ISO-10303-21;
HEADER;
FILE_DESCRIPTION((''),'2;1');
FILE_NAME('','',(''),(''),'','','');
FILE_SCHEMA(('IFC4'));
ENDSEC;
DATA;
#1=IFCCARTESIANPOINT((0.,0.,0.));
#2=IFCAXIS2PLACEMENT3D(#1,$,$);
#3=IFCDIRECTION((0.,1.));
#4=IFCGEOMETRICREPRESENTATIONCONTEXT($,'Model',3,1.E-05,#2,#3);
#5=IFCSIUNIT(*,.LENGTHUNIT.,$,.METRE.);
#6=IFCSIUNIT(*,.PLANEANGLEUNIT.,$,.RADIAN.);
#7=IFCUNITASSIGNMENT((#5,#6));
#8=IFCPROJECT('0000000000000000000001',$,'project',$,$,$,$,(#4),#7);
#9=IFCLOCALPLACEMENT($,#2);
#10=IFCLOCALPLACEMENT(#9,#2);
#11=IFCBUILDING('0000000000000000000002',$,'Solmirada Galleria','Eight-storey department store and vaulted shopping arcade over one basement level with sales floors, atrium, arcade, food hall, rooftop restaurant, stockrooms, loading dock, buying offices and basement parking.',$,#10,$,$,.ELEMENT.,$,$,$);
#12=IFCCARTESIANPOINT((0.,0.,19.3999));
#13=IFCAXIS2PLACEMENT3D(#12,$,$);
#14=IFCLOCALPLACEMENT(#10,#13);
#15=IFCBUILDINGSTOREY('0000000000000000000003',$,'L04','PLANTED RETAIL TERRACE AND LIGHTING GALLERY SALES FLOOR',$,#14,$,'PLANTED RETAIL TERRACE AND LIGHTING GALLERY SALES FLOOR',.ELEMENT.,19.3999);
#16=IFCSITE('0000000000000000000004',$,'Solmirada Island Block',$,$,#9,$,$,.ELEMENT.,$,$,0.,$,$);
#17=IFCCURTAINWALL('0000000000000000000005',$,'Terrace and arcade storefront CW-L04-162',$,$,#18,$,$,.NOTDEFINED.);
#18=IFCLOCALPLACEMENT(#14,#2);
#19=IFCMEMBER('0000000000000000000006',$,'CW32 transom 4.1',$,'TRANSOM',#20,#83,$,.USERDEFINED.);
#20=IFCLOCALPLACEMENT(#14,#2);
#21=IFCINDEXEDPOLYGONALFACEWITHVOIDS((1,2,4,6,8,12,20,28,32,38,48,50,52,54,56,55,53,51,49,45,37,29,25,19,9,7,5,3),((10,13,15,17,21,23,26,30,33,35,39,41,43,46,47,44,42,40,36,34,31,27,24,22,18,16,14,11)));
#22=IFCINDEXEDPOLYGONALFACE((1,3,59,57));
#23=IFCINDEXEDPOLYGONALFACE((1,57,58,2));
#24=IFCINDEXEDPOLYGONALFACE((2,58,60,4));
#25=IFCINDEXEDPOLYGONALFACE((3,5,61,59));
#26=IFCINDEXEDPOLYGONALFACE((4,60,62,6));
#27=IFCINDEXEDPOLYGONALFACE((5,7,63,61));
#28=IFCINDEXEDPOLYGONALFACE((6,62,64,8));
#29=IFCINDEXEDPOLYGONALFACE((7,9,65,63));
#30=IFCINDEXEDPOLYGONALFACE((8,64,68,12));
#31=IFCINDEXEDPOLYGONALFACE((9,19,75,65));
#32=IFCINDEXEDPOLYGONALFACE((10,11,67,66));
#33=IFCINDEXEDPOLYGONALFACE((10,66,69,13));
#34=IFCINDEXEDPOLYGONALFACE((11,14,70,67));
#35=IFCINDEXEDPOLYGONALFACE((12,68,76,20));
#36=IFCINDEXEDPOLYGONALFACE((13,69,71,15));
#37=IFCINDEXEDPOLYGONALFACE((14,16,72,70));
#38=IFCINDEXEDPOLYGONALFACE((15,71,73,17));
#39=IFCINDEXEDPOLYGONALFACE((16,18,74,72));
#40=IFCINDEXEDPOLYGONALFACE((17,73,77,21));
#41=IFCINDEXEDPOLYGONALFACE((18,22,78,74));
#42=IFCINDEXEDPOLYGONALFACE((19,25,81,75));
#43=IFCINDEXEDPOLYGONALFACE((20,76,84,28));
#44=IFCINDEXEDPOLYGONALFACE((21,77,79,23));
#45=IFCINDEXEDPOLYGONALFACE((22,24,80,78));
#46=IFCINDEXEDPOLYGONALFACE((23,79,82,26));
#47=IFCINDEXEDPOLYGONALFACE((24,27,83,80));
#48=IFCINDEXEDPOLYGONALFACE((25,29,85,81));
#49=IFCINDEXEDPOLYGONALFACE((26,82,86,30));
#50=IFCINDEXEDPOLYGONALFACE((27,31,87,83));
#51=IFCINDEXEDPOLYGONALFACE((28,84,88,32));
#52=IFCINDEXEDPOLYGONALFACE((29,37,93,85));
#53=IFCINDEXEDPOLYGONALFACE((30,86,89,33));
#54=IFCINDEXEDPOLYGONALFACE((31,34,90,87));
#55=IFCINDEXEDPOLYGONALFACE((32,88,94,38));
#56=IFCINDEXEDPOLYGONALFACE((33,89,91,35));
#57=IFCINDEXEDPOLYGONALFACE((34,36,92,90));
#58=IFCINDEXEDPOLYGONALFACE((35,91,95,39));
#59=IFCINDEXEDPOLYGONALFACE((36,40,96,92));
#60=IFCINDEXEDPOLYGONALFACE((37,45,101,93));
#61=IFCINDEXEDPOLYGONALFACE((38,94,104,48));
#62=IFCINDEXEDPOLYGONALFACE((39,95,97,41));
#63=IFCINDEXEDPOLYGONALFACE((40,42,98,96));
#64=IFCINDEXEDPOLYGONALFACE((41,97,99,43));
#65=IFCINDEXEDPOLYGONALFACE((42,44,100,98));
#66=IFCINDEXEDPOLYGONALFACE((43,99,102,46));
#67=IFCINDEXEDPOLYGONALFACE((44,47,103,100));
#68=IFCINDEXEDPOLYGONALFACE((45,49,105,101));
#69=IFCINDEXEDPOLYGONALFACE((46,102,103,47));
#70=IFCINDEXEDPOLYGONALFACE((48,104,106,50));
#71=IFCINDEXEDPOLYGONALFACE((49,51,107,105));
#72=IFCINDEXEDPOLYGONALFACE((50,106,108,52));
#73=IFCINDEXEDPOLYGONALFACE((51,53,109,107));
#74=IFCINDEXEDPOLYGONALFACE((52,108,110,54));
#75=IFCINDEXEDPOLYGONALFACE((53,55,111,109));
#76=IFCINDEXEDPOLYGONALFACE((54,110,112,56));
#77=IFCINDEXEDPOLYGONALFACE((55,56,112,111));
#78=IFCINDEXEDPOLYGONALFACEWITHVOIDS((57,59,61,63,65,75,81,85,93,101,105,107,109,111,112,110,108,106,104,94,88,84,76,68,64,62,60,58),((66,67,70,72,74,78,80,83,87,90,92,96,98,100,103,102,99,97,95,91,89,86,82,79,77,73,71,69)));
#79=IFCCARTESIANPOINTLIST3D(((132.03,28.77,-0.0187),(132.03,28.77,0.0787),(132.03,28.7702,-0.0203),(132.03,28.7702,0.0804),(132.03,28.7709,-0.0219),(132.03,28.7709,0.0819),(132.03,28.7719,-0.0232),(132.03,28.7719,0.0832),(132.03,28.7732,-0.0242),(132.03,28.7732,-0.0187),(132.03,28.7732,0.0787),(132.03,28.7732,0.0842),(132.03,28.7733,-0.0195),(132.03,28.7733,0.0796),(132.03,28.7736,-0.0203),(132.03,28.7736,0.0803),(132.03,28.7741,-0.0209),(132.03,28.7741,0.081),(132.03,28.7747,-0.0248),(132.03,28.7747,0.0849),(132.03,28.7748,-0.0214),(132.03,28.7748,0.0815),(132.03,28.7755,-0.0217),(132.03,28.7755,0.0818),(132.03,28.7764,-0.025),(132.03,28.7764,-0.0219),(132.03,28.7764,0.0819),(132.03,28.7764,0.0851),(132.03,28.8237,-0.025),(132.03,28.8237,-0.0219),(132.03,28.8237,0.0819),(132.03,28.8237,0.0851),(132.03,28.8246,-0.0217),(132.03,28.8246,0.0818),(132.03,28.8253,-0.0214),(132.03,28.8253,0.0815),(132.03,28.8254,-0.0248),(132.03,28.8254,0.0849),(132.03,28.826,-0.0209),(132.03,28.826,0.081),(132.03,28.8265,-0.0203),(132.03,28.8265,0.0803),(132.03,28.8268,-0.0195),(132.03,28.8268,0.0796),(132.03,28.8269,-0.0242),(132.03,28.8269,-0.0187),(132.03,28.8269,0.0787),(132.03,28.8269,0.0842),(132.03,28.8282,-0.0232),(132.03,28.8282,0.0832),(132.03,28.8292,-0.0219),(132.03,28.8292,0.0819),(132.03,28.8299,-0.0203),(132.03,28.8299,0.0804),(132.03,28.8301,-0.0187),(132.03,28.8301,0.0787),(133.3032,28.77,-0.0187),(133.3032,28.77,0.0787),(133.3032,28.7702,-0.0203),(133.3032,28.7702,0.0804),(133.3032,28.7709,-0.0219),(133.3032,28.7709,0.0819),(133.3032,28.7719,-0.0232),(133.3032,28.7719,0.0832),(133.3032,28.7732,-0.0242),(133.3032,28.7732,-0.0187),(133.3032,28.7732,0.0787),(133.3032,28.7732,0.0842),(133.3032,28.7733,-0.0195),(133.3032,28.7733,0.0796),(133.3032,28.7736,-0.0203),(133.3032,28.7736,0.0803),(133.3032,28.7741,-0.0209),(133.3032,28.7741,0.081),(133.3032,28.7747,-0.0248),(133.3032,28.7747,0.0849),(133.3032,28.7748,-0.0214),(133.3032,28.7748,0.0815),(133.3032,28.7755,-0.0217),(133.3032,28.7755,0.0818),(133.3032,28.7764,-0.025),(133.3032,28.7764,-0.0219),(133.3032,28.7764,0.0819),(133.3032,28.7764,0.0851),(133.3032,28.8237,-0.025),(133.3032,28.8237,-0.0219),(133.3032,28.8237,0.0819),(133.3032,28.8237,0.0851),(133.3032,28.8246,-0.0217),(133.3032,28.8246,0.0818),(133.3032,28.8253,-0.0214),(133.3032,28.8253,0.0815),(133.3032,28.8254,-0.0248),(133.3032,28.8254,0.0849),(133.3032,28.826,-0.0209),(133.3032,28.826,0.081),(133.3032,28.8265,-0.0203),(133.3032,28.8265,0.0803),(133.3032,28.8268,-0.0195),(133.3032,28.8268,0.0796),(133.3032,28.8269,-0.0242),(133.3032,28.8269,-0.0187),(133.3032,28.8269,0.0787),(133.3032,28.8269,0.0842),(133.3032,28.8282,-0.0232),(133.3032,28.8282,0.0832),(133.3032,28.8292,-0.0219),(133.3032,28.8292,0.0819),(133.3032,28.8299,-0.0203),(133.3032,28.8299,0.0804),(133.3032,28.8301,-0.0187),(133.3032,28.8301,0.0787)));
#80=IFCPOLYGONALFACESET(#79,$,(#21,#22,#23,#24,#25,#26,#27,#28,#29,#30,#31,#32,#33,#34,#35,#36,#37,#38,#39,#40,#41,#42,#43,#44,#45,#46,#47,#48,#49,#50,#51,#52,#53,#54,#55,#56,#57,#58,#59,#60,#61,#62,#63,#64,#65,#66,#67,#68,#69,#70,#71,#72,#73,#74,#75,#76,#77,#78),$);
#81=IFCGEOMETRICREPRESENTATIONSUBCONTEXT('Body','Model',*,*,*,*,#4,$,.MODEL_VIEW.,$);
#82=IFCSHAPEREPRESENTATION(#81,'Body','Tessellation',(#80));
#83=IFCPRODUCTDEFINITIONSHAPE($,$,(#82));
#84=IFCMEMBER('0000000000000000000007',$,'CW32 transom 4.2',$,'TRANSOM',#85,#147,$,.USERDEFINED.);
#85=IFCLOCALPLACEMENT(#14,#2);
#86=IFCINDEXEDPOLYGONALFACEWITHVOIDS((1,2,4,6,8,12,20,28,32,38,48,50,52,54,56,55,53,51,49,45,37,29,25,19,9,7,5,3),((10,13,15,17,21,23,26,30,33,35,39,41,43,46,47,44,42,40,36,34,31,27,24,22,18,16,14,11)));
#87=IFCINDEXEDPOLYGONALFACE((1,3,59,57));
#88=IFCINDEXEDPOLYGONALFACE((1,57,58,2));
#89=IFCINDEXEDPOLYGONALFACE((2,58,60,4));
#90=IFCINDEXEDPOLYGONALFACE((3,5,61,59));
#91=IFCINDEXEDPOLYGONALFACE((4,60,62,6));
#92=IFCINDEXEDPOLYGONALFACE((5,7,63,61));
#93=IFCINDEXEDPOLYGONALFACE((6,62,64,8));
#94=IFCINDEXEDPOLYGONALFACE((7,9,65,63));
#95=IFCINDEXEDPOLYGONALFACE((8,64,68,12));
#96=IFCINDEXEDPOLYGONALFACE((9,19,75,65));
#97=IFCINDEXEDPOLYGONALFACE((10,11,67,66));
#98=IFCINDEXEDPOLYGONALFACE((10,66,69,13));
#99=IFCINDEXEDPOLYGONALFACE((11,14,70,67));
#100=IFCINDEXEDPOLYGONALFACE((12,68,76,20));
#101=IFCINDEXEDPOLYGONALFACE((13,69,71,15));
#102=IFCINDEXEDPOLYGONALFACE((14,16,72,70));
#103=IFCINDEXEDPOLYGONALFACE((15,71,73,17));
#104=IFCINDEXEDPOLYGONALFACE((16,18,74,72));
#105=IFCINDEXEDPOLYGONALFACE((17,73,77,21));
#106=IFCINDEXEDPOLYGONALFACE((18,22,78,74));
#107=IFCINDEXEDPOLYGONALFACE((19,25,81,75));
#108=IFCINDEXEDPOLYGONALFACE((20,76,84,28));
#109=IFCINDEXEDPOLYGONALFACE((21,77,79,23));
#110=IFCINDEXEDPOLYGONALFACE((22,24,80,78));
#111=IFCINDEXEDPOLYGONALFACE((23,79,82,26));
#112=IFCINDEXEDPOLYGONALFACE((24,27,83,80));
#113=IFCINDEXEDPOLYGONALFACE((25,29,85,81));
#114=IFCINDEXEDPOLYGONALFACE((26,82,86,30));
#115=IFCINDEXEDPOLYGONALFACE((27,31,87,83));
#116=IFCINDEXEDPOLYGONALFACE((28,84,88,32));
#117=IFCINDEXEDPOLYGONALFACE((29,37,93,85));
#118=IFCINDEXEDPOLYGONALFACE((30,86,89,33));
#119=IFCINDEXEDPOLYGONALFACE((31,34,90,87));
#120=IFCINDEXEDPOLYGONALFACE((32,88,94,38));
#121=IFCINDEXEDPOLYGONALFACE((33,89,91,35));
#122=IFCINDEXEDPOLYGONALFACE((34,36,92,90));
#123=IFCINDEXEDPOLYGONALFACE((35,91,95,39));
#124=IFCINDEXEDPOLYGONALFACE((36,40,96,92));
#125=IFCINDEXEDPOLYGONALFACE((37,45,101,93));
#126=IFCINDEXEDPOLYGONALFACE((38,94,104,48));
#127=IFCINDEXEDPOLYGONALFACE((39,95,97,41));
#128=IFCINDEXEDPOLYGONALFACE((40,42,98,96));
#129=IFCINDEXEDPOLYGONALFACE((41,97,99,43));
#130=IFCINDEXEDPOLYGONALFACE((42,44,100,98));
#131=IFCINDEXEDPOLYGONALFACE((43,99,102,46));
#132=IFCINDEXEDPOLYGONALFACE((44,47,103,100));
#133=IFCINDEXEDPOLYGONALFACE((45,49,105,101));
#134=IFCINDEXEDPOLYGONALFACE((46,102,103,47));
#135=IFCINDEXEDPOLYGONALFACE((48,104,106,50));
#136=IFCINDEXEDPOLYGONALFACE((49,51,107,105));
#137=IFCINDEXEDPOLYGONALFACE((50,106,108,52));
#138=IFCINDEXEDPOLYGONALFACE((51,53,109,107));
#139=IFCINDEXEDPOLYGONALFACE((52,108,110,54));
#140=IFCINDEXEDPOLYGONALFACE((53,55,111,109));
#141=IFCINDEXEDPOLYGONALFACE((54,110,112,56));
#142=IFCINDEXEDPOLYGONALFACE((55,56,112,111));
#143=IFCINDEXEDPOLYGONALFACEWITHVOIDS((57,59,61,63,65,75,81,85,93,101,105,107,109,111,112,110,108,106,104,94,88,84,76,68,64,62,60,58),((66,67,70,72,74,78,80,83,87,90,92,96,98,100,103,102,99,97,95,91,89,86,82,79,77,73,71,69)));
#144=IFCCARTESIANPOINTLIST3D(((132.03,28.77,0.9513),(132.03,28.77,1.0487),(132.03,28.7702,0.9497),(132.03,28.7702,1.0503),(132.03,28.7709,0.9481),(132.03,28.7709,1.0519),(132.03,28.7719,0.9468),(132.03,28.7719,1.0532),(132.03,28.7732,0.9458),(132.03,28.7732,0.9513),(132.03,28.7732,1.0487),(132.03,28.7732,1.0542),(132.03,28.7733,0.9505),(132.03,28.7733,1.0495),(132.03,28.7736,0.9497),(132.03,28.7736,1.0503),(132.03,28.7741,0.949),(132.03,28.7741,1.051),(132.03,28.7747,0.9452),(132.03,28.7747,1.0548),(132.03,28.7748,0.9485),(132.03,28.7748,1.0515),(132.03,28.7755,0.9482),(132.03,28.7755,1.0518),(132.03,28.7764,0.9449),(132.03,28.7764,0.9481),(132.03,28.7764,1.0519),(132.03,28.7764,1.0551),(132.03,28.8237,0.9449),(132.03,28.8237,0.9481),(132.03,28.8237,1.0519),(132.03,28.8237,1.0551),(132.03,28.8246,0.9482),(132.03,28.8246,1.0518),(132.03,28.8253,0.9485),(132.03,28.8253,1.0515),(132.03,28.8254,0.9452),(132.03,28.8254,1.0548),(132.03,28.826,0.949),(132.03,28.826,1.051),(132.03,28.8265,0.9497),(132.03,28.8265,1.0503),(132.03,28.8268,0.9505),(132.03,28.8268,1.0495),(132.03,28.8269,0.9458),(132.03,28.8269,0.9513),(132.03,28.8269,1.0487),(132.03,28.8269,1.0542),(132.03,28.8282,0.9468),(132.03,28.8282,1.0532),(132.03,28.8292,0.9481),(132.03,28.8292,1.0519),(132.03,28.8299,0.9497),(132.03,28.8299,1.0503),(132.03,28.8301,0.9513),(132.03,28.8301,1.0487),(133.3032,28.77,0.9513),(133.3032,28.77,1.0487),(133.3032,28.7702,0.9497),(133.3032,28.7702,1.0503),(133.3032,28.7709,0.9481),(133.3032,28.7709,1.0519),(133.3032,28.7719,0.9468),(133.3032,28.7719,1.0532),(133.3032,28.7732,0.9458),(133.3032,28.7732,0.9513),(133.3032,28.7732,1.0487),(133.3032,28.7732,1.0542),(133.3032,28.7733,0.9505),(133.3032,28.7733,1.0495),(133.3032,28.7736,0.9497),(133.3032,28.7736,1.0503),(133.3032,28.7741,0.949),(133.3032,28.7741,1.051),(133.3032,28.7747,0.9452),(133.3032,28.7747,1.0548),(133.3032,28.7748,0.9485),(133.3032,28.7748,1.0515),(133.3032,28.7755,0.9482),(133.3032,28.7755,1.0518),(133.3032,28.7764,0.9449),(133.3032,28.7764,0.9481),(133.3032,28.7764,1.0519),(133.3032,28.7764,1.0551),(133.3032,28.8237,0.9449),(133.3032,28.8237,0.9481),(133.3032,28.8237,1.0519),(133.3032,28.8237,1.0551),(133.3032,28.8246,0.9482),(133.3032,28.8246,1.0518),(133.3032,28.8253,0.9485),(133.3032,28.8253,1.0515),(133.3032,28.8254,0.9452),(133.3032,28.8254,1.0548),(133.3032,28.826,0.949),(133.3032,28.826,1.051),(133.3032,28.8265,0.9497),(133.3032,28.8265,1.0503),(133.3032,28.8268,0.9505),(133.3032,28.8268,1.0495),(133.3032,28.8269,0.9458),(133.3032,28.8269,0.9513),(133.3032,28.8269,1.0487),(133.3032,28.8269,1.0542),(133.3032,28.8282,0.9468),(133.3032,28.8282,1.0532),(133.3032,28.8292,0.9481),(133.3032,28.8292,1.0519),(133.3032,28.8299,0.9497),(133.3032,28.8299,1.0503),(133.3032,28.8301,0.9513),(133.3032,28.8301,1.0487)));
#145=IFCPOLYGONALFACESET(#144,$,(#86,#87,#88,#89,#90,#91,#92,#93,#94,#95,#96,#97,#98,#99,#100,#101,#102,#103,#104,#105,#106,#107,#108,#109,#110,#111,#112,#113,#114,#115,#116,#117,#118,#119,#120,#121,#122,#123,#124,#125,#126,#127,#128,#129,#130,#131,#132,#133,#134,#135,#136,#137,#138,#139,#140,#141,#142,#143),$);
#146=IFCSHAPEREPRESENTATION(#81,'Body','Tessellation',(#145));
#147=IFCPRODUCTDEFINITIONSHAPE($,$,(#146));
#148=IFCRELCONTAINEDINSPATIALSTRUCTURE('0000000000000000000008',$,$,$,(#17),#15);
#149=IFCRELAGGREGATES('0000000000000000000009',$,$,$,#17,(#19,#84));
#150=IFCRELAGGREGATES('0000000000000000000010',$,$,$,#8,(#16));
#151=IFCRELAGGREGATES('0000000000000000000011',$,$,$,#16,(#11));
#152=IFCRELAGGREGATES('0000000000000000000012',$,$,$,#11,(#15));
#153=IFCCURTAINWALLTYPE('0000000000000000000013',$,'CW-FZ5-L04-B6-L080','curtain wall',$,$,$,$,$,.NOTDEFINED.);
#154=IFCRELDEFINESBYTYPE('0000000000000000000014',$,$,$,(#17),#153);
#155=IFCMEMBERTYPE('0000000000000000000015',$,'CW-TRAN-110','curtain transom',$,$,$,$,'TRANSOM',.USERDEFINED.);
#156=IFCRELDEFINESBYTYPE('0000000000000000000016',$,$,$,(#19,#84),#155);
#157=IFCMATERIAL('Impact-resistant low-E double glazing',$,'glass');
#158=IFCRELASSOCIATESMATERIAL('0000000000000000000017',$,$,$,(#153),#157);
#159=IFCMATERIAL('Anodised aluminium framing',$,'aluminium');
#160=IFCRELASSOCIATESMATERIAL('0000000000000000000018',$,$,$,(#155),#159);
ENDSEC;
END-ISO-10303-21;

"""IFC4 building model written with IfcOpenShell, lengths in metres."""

from ifc_helpers import new_model, si_unit, direction, frame, origin, origin_2d, place, context, subcontext, project, spatial, hollow_rectangle, extrude, material, material_profile, profile_set, type_object, element, aggregate, save


model = new_model("IFC4")

# Units and contexts
model_context = context("Model", 3, precision=1e-05, world=origin(), true_north=direction((0.0, 1.0)))
body_context = subcontext(model_context, "Body", "Model", "MODEL_VIEW")
ifc_project = project(units=[si_unit("LENGTHUNIT", "METRE"), si_unit("PLANEANGLEUNIT", "RADIAN")], contexts=[model_context])

# Site, building, storey
site_placement = place(None, origin())
site = spatial("IfcSite", under=ifc_project, at=site_placement, Name="Solmirada Island Block", CompositionType="ELEMENT", RefElevation=0.0)
building_placement = place(site_placement, origin())
building = spatial("IfcBuilding", under=site, at=building_placement, Name="Solmirada Galleria", Description="Eight-storey department store and vaulted shopping arcade over one basement level with sales floors, atrium, arcade, food hall, rooftop restaurant, stockrooms, loading dock, buying offices and basement parking.", CompositionType="ELEMENT")
storey_placement = place(building_placement, frame((0.0, 0.0, 19.3999)))
storey = spatial("IfcBuildingStorey", under=building, at=storey_placement, Name="L04", Description="PLANTED RETAIL TERRACE AND LIGHTING GALLERY SALES FLOOR", LongName="PLANTED RETAIL TERRACE AND LIGHTING GALLERY SALES FLOOR", CompositionType="ELEMENT", Elevation=19.3999)

# Curtain wall, members
ifc_material_1 = material(Name="Impact-resistant low-E double glazing", Category="glass")
curtain_wall_type = type_object("IfcCurtainWallType", Name="CW-FZ5-L04-B6-L080", Description="curtain wall", PredefinedType="NOTDEFINED", material=ifc_material_1)
curtain_wall_placement = place(storey_placement, origin())
curtain_wall = element("IfcCurtainWall", 1, at=curtain_wall_placement, inside=storey, type_object=curtain_wall_type, Name="Terrace and arcade storefront CW-L04-162", PredefinedType="NOTDEFINED")
ifc_material_2 = material(Name="Anodised aluminium framing", Category="aluminium")
ifc_material_profile_1 = material_profile(ifc_material_2, hollow_rectangle(XDim=0.0601, YDim=0.1101, WallThickness=0.0032, InnerFilletRadius=0.0032, OuterFilletRadius=0.0063, at=origin_2d()), Name="ALU-TRAN-110X60")
ifc_profile_set_1 = profile_set([ifc_material_profile_1], Name="Anodised aluminium framing")
member_type_1 = type_object("IfcMemberType", Name="CW-TRAN-110", Description="curtain transom", ElementType="TRANSOM", PredefinedType="USERDEFINED", material=ifc_profile_set_1)
member_1_placement = place(storey_placement, frame((132.03, 28.8, 0.03), z_axis=(1.0, 0.0, 0.0), x_axis=(0.0, 1.0, 0.0)))
member_1 = element("IfcMember", 2, at=member_1_placement, type_object=member_type_1, Name="CW32 transom 4.1", ObjectType="TRANSOM", PredefinedType="USERDEFINED", context=body_context, shape_type="SweptSolid", body=[
    extrude(hollow_rectangle(XDim=0.0601, YDim=0.1101, WallThickness=0.0032, InnerFilletRadius=0.0032, OuterFilletRadius=0.0063, at=origin_2d()), origin(), (0.0, 0.0, 1.0), 1.2732),
])
member_2_placement = place(storey_placement, frame((132.03, 28.8, 1.0), z_axis=(1.0, 0.0, 0.0), x_axis=(0.0, 1.0, 0.0)))
member_2 = element("IfcMember", 3, at=member_2_placement, type_object=member_type_1, Name="CW32 transom 4.2", ObjectType="TRANSOM", PredefinedType="USERDEFINED", context=body_context, shape_type="SweptSolid", body=[
    extrude(hollow_rectangle(XDim=0.0601, YDim=0.1101, WallThickness=0.0032, InnerFilletRadius=0.0032, OuterFilletRadius=0.0063, at=origin_2d()), origin(), (0.0, 0.0, 1.0), 1.2732),
])
aggregate(curtain_wall, [member_1, member_2])

save(model, "model.ifc")
